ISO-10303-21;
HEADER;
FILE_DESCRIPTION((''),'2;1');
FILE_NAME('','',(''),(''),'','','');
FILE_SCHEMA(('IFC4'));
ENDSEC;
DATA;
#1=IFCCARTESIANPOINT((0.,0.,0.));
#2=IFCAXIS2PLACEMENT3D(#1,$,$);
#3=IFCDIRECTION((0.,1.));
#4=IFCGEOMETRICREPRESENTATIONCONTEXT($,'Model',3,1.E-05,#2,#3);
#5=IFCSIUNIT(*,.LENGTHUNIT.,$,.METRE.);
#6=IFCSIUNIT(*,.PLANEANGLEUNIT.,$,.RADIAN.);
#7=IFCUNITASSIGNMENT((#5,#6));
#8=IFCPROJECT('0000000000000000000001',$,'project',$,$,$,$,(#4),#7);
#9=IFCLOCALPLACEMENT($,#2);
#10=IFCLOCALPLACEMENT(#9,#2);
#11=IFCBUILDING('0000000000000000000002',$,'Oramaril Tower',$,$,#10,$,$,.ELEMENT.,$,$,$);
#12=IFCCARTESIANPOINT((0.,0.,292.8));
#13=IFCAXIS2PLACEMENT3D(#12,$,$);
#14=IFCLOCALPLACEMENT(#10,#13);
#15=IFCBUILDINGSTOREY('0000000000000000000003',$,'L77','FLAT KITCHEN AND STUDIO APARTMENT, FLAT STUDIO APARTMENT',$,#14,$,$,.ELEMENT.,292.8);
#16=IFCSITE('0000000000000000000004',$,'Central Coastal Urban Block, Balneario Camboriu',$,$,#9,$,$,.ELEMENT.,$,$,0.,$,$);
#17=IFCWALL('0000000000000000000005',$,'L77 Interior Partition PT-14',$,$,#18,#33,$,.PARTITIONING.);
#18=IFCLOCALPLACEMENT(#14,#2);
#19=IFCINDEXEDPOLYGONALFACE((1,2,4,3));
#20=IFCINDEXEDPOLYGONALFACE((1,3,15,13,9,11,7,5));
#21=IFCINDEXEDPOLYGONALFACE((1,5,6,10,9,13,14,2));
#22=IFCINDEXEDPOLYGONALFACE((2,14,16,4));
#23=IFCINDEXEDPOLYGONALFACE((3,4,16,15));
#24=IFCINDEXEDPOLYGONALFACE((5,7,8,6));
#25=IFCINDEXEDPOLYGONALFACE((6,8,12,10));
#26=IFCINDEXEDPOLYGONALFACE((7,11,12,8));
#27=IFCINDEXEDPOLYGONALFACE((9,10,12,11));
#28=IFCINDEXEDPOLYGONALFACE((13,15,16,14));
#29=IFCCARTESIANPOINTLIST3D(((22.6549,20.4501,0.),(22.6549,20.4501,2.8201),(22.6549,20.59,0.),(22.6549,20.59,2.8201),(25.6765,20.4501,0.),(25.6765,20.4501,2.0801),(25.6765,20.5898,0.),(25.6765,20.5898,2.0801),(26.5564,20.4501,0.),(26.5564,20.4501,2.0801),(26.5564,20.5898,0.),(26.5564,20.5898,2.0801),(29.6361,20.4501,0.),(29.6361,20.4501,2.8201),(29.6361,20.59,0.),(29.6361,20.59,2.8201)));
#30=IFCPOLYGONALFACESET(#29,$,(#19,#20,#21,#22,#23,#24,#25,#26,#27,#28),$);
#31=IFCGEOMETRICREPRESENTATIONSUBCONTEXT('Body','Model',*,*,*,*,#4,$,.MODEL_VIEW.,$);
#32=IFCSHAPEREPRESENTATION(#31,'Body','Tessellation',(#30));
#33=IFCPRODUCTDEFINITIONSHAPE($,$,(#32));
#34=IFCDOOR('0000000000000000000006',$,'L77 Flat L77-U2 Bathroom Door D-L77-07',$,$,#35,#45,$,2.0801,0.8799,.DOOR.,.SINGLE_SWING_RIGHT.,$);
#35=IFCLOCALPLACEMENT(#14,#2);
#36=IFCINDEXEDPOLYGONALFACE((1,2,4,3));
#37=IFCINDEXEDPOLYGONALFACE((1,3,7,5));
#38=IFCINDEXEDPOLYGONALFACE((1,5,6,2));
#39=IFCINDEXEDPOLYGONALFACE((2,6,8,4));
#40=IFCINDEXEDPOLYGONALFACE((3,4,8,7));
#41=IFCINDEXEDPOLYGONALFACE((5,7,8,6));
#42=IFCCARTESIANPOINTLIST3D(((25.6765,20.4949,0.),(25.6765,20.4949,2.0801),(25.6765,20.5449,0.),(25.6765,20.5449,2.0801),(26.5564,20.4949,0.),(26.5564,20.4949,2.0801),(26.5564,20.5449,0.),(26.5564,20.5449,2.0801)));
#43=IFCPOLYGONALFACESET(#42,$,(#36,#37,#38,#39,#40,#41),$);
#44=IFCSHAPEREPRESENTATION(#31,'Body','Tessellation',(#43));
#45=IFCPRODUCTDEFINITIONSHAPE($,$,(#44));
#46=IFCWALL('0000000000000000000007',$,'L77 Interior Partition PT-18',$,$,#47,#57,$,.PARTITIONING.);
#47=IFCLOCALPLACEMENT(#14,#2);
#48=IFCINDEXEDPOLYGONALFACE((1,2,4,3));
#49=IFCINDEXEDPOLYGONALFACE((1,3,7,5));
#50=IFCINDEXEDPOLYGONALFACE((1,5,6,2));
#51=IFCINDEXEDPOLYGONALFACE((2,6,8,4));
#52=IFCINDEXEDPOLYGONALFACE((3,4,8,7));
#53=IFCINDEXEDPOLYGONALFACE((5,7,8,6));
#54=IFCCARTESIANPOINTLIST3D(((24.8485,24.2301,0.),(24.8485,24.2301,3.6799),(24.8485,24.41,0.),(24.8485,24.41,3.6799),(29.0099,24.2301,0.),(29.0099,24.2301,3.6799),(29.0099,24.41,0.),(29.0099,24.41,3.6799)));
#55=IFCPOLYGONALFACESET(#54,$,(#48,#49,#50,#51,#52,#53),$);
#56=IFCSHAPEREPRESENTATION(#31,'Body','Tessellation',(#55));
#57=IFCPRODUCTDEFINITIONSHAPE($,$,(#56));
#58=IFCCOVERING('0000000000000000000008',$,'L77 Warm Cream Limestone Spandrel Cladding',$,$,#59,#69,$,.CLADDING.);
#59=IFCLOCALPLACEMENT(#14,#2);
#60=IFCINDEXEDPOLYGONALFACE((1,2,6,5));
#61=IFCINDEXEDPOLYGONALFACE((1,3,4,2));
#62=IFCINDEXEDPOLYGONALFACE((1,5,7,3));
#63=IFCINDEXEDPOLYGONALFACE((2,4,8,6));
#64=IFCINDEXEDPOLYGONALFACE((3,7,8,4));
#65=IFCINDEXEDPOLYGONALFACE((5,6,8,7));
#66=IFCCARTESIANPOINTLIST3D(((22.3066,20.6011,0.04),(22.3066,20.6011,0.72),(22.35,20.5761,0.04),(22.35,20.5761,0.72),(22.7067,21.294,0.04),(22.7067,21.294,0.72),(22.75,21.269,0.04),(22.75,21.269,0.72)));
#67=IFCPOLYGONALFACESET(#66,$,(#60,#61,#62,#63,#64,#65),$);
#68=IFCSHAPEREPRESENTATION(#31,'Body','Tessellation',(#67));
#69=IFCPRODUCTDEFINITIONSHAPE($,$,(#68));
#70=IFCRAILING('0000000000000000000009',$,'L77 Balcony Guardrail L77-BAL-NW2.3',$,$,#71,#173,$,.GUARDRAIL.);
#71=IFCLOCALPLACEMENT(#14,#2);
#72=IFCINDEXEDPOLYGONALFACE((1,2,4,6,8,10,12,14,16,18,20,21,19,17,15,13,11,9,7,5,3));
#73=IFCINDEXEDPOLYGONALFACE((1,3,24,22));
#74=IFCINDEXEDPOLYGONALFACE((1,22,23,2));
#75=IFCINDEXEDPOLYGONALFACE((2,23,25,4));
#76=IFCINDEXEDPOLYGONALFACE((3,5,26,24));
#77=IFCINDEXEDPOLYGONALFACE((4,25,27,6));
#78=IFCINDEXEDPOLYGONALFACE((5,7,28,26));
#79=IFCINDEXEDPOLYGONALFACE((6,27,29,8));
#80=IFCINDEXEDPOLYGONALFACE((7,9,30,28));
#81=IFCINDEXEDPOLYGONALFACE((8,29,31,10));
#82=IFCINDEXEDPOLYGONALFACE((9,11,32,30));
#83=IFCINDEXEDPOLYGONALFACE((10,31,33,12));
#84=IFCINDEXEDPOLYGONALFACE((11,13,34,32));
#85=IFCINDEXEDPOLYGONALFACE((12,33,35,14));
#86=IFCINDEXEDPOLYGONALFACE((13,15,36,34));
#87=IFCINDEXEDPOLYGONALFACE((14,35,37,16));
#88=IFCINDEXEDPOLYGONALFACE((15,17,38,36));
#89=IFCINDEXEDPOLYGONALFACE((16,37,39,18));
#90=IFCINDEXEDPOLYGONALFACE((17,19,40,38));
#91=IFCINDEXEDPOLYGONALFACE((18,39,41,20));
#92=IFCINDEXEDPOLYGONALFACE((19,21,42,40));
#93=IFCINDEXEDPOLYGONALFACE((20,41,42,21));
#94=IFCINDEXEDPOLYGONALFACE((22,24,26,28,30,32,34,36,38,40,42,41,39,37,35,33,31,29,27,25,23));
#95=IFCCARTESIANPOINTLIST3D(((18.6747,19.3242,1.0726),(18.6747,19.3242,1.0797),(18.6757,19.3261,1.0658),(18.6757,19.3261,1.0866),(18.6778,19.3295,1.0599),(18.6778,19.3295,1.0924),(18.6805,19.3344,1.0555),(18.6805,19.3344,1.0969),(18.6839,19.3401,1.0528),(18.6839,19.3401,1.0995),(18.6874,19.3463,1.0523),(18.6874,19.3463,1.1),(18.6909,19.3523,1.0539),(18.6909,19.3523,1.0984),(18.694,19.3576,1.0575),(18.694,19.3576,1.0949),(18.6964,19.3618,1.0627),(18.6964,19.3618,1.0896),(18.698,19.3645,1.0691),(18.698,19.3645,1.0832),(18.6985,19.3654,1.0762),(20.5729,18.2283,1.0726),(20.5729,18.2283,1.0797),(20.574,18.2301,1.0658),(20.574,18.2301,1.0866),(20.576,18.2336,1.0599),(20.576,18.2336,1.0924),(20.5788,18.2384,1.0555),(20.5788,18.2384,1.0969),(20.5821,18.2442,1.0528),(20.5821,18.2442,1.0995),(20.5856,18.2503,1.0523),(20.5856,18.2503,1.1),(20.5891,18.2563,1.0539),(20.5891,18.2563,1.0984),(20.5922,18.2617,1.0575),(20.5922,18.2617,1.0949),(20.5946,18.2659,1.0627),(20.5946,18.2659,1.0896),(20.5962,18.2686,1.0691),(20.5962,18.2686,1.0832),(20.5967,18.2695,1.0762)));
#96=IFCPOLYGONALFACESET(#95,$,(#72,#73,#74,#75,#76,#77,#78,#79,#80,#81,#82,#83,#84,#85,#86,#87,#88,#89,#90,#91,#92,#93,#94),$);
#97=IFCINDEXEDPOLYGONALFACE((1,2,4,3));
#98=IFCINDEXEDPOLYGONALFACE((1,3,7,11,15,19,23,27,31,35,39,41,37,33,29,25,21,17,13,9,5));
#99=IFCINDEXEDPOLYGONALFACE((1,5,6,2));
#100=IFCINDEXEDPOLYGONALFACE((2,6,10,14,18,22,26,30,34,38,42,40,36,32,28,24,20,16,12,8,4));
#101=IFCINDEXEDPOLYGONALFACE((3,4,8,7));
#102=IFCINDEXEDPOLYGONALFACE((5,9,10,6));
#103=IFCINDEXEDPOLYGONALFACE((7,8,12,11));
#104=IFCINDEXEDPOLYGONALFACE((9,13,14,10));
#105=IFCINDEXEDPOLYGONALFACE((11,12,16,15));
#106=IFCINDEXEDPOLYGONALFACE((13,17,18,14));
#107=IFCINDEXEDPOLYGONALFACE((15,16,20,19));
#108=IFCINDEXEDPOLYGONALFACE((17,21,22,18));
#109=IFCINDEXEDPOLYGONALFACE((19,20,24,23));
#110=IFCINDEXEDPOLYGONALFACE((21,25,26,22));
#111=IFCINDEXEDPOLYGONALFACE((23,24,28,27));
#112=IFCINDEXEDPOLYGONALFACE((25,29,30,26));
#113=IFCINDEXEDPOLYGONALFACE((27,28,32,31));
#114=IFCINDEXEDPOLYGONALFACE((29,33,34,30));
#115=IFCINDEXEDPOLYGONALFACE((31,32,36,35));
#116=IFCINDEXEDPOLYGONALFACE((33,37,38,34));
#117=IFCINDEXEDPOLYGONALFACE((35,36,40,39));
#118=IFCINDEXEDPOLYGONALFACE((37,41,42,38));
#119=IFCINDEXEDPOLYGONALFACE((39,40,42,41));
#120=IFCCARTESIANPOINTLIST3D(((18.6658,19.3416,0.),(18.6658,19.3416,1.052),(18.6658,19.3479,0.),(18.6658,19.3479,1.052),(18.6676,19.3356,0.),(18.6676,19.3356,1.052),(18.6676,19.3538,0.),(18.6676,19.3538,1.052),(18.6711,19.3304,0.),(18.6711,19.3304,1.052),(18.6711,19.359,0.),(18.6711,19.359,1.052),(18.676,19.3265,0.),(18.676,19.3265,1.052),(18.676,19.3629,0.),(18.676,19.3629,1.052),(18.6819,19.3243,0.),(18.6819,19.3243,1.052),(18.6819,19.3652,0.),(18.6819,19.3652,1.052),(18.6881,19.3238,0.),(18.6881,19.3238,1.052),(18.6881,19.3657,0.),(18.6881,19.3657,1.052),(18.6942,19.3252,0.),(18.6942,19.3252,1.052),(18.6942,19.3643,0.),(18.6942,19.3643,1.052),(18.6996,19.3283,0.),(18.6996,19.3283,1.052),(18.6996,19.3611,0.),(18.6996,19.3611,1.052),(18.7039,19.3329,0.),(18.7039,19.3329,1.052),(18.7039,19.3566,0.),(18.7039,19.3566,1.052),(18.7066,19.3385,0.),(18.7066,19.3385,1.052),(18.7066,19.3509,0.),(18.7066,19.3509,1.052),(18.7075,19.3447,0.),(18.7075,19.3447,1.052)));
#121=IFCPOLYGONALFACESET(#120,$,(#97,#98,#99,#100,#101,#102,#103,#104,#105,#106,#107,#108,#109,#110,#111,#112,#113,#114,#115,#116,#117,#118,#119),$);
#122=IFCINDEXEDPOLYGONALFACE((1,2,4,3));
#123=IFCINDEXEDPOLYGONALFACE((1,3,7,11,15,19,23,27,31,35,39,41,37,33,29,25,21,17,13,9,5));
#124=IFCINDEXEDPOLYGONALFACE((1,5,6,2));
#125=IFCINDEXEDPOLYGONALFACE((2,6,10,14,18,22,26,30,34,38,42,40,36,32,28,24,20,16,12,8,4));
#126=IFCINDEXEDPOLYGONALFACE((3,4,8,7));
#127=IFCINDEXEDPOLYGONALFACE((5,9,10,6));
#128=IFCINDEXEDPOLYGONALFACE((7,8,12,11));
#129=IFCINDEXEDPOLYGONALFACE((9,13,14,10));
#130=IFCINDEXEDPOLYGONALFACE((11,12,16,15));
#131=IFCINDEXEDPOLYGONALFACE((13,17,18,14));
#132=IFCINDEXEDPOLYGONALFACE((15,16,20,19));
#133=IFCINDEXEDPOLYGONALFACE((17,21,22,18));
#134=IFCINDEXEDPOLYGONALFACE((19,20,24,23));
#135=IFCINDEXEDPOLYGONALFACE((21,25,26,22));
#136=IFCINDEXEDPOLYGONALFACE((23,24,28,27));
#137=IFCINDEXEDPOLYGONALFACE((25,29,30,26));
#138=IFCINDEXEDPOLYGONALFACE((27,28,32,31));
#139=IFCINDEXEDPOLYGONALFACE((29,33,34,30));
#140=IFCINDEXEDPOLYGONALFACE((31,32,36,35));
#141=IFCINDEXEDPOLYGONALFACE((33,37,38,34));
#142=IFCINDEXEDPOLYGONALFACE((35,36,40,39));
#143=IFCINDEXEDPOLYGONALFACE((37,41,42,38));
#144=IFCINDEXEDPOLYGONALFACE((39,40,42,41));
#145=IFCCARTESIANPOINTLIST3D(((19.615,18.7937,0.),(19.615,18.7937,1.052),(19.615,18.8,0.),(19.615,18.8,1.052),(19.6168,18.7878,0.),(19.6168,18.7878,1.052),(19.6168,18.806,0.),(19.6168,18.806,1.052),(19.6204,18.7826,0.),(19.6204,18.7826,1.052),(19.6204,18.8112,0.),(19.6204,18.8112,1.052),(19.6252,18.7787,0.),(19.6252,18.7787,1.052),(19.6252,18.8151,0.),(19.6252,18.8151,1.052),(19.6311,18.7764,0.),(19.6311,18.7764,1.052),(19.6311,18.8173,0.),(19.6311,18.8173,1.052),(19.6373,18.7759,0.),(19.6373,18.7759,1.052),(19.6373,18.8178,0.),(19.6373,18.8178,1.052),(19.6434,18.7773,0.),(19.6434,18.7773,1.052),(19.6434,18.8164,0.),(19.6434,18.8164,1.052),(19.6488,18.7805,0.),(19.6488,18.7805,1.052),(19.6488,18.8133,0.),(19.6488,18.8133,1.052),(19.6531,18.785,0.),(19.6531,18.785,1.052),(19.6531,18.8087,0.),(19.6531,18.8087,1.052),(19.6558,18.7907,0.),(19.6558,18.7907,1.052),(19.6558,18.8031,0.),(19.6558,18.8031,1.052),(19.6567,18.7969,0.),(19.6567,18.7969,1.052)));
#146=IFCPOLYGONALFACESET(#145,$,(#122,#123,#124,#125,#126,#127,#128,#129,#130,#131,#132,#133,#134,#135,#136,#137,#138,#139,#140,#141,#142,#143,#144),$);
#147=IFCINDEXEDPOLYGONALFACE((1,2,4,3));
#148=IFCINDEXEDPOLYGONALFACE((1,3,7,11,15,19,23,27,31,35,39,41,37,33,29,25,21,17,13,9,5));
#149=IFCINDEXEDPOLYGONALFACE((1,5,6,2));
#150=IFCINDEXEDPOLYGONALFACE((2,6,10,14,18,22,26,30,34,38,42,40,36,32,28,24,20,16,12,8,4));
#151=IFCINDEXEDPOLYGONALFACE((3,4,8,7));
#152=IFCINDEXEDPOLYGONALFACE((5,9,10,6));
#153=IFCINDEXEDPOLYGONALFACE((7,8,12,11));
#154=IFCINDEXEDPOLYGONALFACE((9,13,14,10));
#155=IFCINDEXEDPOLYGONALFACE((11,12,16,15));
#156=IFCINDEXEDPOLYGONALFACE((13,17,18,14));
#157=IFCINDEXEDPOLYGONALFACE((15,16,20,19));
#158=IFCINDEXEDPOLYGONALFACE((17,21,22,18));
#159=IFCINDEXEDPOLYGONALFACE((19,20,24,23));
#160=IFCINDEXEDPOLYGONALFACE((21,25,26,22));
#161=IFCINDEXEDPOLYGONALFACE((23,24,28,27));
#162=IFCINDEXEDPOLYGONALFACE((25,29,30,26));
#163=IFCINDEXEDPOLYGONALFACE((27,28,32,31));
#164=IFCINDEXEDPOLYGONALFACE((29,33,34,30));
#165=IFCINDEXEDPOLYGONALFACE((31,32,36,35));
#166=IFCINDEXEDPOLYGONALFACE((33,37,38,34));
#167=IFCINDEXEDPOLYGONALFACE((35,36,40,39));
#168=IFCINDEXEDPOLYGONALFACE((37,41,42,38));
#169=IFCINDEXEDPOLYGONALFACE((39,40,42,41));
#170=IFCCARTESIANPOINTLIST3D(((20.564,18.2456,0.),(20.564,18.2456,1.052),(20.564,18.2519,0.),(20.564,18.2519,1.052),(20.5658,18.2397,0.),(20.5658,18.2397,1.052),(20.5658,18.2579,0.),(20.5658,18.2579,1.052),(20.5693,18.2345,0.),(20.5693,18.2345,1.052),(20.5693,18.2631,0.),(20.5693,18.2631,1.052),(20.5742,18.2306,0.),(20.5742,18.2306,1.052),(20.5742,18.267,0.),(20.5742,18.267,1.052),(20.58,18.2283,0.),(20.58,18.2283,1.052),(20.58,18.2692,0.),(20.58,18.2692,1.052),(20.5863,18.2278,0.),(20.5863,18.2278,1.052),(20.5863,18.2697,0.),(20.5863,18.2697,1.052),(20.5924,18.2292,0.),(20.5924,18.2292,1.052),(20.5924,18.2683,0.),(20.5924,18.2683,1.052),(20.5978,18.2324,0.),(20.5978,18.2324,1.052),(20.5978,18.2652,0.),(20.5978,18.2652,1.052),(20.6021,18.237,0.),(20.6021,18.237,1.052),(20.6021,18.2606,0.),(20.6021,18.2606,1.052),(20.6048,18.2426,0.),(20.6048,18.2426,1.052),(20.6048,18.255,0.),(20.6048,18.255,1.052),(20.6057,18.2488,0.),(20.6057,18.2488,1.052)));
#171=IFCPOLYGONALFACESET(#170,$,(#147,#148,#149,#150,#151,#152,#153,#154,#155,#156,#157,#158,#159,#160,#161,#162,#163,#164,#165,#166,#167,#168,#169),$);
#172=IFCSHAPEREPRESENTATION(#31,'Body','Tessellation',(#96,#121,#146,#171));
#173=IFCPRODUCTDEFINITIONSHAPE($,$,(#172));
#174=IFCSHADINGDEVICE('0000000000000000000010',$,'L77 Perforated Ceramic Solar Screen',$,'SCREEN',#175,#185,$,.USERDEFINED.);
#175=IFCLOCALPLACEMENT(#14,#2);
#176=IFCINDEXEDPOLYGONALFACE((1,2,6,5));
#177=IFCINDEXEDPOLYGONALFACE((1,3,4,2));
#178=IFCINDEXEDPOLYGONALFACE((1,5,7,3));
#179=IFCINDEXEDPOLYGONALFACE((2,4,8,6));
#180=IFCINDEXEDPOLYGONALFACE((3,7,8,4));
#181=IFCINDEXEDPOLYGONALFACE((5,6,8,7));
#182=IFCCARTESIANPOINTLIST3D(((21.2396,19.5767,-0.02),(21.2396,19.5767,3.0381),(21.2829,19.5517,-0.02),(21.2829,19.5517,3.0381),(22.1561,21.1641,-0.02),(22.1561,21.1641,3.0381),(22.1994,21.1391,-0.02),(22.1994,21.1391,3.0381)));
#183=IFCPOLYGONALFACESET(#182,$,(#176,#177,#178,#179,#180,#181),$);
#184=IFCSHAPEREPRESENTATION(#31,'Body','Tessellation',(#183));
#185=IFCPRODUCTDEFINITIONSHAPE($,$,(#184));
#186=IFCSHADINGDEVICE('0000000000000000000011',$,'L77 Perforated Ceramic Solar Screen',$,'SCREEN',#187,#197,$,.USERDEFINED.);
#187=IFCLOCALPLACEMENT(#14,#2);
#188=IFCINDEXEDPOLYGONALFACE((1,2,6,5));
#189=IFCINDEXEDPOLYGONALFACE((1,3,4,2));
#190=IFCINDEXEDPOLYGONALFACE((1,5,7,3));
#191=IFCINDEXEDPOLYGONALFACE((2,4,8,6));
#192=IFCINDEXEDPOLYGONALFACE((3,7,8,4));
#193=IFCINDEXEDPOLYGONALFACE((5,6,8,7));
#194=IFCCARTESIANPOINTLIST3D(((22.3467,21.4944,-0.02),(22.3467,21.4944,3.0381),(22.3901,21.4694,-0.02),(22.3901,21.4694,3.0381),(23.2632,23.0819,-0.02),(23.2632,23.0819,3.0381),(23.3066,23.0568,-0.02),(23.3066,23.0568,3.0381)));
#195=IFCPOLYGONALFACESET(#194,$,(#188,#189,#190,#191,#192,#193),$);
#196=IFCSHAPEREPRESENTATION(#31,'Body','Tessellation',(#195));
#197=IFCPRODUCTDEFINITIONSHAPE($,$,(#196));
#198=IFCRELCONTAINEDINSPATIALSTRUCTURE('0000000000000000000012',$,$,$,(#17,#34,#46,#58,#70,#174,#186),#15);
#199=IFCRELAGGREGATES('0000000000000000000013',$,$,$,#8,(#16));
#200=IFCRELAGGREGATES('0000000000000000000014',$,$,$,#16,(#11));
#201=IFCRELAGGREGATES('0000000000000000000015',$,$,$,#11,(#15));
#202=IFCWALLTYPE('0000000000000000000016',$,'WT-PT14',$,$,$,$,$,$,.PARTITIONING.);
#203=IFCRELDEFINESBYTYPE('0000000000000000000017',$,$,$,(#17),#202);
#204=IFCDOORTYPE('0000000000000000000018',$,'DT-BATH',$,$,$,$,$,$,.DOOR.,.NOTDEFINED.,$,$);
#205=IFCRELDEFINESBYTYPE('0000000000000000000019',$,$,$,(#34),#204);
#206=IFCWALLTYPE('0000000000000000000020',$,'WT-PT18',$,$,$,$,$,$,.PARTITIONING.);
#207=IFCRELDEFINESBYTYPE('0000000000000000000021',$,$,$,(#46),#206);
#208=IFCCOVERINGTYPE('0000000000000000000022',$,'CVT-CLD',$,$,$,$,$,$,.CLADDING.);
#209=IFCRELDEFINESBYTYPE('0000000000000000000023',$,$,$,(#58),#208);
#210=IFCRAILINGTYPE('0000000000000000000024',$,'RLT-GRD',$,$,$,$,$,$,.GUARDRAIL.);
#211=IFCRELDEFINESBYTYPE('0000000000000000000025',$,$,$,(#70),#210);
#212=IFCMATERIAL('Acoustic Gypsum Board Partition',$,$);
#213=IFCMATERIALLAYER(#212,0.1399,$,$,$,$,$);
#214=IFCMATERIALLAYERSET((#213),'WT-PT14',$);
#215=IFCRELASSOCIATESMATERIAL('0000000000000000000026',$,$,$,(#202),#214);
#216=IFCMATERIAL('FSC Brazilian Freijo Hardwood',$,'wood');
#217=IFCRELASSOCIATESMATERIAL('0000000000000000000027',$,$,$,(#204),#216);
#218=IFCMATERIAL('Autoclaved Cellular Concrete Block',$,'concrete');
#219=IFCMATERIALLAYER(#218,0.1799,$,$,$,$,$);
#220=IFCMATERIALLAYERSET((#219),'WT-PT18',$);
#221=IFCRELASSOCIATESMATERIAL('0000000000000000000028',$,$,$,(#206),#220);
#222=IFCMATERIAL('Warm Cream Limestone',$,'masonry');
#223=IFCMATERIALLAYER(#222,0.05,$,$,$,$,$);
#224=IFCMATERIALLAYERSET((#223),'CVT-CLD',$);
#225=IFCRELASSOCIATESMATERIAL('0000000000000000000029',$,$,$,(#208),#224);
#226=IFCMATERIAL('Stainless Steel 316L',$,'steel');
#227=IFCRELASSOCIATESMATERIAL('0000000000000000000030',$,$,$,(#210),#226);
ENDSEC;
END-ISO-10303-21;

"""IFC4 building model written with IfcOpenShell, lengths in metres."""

from ifc_helpers import new_model, si_unit, direction, frame, frame_2d, origin, origin_2d, place, context, subcontext, project, spatial, rectangle, circle, extrude, material, layer, layer_set, type_object, element, fill, save


model = new_model("IFC4")

# Units and contexts
model_context = context("Model", 3, precision=1e-05, world=origin(), true_north=direction((0.0, 1.0)))
body_context = subcontext(model_context, "Body", "Model", "MODEL_VIEW")
ifc_project = project(units=[si_unit("LENGTHUNIT", "METRE"), si_unit("PLANEANGLEUNIT", "RADIAN")], contexts=[model_context])

# Site, building, storey
site_placement = place(None, origin())
site = spatial("IfcSite", under=ifc_project, at=site_placement, Name="Central Coastal Urban Block, Balneario Camboriu", CompositionType="ELEMENT", RefElevation=0.0)
building_placement = place(site_placement, origin())
building = spatial("IfcBuilding", under=site, at=building_placement, Name="Oramaril Tower", CompositionType="ELEMENT")
storey_placement = place(building_placement, frame((0.0, 0.0, 292.8)))
storey = spatial("IfcBuildingStorey", under=building, at=storey_placement, Name="L77", Description="FLAT KITCHEN AND STUDIO APARTMENT, FLAT STUDIO APARTMENT", CompositionType="ELEMENT", Elevation=292.8)

# Wall, opening, door
ifc_material_1 = material(Name="Acoustic Gypsum Board Partition")
ifc_layer_1 = layer(ifc_material_1, 0.1399)
ifc_layer_set_1 = layer_set([ifc_layer_1], Name="WT-PT14")
wall_type_1 = type_object("IfcWallType", Name="WT-PT14", PredefinedType="PARTITIONING", material=ifc_layer_set_1)
wall_1_placement = place(storey_placement, frame((22.6548, 20.52, 0.0), z_axis=(0.0, 0.0, 1.0), x_axis=(1.0, 0.0, 0.0)))
wall_1 = element("IfcWall", 1, at=wall_1_placement, inside=storey, type_object=wall_type_1, Name="L77 Interior Partition PT-14", PredefinedType="PARTITIONING", context=body_context, shape_type="SweptSolid", body=[
    extrude(rectangle(XDim=6.9812, YDim=0.1399, at=frame_2d((3.4907, 0.0))), origin(), (0.0, 0.0, 1.0), 2.8201),
])
opening_1_placement = place(wall_1_placement, frame((3.0217, 0.0, 0.0)))
opening_1 = element("IfcOpeningElement", 2, at=opening_1_placement, cuts=wall_1, PredefinedType="OPENING", context=body_context, shape_type="SweptSolid", body=[
    extrude(rectangle(XDim=0.8799, YDim=2.0801, at=frame_2d((0.4399, 1.04))), frame((0.0, 0.0698, 0.0), z_axis=(0.0, -1.0, 0.0), x_axis=(1.0, 0.0, 0.0)), (0.0, 0.0, 1.0), 0.1399),
])
ifc_material_2 = material(Name="FSC Brazilian Freijo Hardwood", Category="wood")
door_type_1 = type_object("IfcDoorType", Name="DT-BATH", OperationType="NOTDEFINED", PredefinedType="DOOR", material=ifc_material_2)
door_1_placement = place(opening_1_placement, origin())
door_1 = element("IfcDoor", 3, at=door_1_placement, inside=storey, type_object=door_type_1, Name="L77 Flat L77-U2 Bathroom Door D-L77-07", OperationType="SINGLE_SWING_RIGHT", OverallHeight=2.0801, OverallWidth=0.8799, PredefinedType="DOOR", context=body_context, shape_type="SweptSolid", body=[
    extrude(rectangle(XDim=0.8799, YDim=2.0801, at=frame_2d((0.4399, 1.04))), frame((0.0, 0.0249, 0.0), z_axis=(0.0, -1.0, 0.0), x_axis=(1.0, 0.0, 0.0)), (0.0, 0.0, 1.0), 0.05),
])
fill(opening_1, door_1)

# Wall
ifc_material_3 = material(Name="Autoclaved Cellular Concrete Block", Category="concrete")
ifc_layer_2 = layer(ifc_material_3, 0.1799)
ifc_layer_set_2 = layer_set([ifc_layer_2], Name="WT-PT18")
wall_type_2 = type_object("IfcWallType", Name="WT-PT18", PredefinedType="PARTITIONING", material=ifc_layer_set_2)
wall_2_placement = place(storey_placement, frame((24.8486, 24.3201, 0.0), z_axis=(0.0, 0.0, 1.0), x_axis=(1.0, 0.0, 0.0)))
element("IfcWall", 4, at=wall_2_placement, inside=storey, type_object=wall_type_2, Name="L77 Interior Partition PT-18", PredefinedType="PARTITIONING", context=body_context, shape_type="SweptSolid", body=[
    extrude(rectangle(XDim=4.1614, YDim=0.1799, at=frame_2d((2.0806, 0.0))), origin(), (0.0, 0.0, 1.0), 3.6799),
])

# Covering
ifc_material_4 = material(Name="Warm Cream Limestone", Category="masonry")
ifc_layer_3 = layer(ifc_material_4, 0.05)
ifc_layer_set_3 = layer_set([ifc_layer_3], Name="CVT-CLD")
covering_type = type_object("IfcCoveringType", Name="CVT-CLD", PredefinedType="CLADDING", material=ifc_layer_set_3)
covering_placement = place(storey_placement, frame((22.5283, 20.9351, 0.04), z_axis=(0.0, 0.0, 1.0), x_axis=(-0.5, -0.866025, 0.0)))
element("IfcCovering", 5, at=covering_placement, inside=storey, type_object=covering_type, Name="L77 Warm Cream Limestone Spandrel Cladding", PredefinedType="CLADDING", context=body_context, shape_type="SweptSolid", body=[
    extrude(rectangle(XDim=0.8, YDim=0.05, at=origin_2d()), origin(), (0.0, 0.0, 1.0), 0.6799),
])

# Railing
ifc_material_5 = material(Name="Stainless Steel 316L", Category="steel")
railing_type = type_object("IfcRailingType", Name="RLT-GRD", PredefinedType="GUARDRAIL", material=ifc_material_5)
railing_placement = place(storey_placement, frame((18.6865, 19.3447, 0.0)))
element("IfcRailing", 6, at=railing_placement, inside=storey, type_object=railing_type, Name="L77 Balcony Guardrail L77-BAL-NW2.3", PredefinedType="GUARDRAIL", context=body_context, shape_type="SweptSolid", body=[
    extrude(circle(Radius=0.0239, at=origin_2d()), frame((0.0, 0.0, 1.0762), z_axis=(0.866021, -0.500008, 0.0), x_axis=(0.500008, 0.866021, 0.0)), (0.0, 0.0, 1.0), 2.1919),
    extrude(circle(Radius=0.021, at=origin_2d()), origin(), (0.0, 0.0, 1.0), 1.052),
    extrude(circle(Radius=0.021, at=origin_2d()), frame((0.9492, -0.5479, 0.0)), (0.0, 0.0, 1.0), 1.052),
    extrude(circle(Radius=0.021, at=origin_2d()), frame((1.8982, -1.0959, 0.0)), (0.0, 0.0, 1.0), 1.052),
])

# Shading devices
for number, where, z_axis, x_axis, name in (
    (7, (21.7195, 20.3579, -0.02), (0.0, 0.0, 1.0), (-0.5, -0.866025, 0.0), "L77 Perforated Ceramic Solar Screen"),
    (8, (22.8267, 22.2756, -0.02), (0.0, 0.0, 1.0), (-0.5, -0.866025, 0.0), "L77 Perforated Ceramic Solar Screen"),
):
    element("IfcShadingDevice", number, at=place(storey_placement, frame(where, z_axis=z_axis, x_axis=x_axis)), inside=storey, Name=name, ObjectType="SCREEN", PredefinedType="USERDEFINED", context=body_context, shape_type="SweptSolid", body=[
        extrude(rectangle(XDim=1.833, YDim=0.05, at=origin_2d()), origin(), (0.0, 0.0, 1.0), 3.0581),
    ])

save(model, "model.ifc")
